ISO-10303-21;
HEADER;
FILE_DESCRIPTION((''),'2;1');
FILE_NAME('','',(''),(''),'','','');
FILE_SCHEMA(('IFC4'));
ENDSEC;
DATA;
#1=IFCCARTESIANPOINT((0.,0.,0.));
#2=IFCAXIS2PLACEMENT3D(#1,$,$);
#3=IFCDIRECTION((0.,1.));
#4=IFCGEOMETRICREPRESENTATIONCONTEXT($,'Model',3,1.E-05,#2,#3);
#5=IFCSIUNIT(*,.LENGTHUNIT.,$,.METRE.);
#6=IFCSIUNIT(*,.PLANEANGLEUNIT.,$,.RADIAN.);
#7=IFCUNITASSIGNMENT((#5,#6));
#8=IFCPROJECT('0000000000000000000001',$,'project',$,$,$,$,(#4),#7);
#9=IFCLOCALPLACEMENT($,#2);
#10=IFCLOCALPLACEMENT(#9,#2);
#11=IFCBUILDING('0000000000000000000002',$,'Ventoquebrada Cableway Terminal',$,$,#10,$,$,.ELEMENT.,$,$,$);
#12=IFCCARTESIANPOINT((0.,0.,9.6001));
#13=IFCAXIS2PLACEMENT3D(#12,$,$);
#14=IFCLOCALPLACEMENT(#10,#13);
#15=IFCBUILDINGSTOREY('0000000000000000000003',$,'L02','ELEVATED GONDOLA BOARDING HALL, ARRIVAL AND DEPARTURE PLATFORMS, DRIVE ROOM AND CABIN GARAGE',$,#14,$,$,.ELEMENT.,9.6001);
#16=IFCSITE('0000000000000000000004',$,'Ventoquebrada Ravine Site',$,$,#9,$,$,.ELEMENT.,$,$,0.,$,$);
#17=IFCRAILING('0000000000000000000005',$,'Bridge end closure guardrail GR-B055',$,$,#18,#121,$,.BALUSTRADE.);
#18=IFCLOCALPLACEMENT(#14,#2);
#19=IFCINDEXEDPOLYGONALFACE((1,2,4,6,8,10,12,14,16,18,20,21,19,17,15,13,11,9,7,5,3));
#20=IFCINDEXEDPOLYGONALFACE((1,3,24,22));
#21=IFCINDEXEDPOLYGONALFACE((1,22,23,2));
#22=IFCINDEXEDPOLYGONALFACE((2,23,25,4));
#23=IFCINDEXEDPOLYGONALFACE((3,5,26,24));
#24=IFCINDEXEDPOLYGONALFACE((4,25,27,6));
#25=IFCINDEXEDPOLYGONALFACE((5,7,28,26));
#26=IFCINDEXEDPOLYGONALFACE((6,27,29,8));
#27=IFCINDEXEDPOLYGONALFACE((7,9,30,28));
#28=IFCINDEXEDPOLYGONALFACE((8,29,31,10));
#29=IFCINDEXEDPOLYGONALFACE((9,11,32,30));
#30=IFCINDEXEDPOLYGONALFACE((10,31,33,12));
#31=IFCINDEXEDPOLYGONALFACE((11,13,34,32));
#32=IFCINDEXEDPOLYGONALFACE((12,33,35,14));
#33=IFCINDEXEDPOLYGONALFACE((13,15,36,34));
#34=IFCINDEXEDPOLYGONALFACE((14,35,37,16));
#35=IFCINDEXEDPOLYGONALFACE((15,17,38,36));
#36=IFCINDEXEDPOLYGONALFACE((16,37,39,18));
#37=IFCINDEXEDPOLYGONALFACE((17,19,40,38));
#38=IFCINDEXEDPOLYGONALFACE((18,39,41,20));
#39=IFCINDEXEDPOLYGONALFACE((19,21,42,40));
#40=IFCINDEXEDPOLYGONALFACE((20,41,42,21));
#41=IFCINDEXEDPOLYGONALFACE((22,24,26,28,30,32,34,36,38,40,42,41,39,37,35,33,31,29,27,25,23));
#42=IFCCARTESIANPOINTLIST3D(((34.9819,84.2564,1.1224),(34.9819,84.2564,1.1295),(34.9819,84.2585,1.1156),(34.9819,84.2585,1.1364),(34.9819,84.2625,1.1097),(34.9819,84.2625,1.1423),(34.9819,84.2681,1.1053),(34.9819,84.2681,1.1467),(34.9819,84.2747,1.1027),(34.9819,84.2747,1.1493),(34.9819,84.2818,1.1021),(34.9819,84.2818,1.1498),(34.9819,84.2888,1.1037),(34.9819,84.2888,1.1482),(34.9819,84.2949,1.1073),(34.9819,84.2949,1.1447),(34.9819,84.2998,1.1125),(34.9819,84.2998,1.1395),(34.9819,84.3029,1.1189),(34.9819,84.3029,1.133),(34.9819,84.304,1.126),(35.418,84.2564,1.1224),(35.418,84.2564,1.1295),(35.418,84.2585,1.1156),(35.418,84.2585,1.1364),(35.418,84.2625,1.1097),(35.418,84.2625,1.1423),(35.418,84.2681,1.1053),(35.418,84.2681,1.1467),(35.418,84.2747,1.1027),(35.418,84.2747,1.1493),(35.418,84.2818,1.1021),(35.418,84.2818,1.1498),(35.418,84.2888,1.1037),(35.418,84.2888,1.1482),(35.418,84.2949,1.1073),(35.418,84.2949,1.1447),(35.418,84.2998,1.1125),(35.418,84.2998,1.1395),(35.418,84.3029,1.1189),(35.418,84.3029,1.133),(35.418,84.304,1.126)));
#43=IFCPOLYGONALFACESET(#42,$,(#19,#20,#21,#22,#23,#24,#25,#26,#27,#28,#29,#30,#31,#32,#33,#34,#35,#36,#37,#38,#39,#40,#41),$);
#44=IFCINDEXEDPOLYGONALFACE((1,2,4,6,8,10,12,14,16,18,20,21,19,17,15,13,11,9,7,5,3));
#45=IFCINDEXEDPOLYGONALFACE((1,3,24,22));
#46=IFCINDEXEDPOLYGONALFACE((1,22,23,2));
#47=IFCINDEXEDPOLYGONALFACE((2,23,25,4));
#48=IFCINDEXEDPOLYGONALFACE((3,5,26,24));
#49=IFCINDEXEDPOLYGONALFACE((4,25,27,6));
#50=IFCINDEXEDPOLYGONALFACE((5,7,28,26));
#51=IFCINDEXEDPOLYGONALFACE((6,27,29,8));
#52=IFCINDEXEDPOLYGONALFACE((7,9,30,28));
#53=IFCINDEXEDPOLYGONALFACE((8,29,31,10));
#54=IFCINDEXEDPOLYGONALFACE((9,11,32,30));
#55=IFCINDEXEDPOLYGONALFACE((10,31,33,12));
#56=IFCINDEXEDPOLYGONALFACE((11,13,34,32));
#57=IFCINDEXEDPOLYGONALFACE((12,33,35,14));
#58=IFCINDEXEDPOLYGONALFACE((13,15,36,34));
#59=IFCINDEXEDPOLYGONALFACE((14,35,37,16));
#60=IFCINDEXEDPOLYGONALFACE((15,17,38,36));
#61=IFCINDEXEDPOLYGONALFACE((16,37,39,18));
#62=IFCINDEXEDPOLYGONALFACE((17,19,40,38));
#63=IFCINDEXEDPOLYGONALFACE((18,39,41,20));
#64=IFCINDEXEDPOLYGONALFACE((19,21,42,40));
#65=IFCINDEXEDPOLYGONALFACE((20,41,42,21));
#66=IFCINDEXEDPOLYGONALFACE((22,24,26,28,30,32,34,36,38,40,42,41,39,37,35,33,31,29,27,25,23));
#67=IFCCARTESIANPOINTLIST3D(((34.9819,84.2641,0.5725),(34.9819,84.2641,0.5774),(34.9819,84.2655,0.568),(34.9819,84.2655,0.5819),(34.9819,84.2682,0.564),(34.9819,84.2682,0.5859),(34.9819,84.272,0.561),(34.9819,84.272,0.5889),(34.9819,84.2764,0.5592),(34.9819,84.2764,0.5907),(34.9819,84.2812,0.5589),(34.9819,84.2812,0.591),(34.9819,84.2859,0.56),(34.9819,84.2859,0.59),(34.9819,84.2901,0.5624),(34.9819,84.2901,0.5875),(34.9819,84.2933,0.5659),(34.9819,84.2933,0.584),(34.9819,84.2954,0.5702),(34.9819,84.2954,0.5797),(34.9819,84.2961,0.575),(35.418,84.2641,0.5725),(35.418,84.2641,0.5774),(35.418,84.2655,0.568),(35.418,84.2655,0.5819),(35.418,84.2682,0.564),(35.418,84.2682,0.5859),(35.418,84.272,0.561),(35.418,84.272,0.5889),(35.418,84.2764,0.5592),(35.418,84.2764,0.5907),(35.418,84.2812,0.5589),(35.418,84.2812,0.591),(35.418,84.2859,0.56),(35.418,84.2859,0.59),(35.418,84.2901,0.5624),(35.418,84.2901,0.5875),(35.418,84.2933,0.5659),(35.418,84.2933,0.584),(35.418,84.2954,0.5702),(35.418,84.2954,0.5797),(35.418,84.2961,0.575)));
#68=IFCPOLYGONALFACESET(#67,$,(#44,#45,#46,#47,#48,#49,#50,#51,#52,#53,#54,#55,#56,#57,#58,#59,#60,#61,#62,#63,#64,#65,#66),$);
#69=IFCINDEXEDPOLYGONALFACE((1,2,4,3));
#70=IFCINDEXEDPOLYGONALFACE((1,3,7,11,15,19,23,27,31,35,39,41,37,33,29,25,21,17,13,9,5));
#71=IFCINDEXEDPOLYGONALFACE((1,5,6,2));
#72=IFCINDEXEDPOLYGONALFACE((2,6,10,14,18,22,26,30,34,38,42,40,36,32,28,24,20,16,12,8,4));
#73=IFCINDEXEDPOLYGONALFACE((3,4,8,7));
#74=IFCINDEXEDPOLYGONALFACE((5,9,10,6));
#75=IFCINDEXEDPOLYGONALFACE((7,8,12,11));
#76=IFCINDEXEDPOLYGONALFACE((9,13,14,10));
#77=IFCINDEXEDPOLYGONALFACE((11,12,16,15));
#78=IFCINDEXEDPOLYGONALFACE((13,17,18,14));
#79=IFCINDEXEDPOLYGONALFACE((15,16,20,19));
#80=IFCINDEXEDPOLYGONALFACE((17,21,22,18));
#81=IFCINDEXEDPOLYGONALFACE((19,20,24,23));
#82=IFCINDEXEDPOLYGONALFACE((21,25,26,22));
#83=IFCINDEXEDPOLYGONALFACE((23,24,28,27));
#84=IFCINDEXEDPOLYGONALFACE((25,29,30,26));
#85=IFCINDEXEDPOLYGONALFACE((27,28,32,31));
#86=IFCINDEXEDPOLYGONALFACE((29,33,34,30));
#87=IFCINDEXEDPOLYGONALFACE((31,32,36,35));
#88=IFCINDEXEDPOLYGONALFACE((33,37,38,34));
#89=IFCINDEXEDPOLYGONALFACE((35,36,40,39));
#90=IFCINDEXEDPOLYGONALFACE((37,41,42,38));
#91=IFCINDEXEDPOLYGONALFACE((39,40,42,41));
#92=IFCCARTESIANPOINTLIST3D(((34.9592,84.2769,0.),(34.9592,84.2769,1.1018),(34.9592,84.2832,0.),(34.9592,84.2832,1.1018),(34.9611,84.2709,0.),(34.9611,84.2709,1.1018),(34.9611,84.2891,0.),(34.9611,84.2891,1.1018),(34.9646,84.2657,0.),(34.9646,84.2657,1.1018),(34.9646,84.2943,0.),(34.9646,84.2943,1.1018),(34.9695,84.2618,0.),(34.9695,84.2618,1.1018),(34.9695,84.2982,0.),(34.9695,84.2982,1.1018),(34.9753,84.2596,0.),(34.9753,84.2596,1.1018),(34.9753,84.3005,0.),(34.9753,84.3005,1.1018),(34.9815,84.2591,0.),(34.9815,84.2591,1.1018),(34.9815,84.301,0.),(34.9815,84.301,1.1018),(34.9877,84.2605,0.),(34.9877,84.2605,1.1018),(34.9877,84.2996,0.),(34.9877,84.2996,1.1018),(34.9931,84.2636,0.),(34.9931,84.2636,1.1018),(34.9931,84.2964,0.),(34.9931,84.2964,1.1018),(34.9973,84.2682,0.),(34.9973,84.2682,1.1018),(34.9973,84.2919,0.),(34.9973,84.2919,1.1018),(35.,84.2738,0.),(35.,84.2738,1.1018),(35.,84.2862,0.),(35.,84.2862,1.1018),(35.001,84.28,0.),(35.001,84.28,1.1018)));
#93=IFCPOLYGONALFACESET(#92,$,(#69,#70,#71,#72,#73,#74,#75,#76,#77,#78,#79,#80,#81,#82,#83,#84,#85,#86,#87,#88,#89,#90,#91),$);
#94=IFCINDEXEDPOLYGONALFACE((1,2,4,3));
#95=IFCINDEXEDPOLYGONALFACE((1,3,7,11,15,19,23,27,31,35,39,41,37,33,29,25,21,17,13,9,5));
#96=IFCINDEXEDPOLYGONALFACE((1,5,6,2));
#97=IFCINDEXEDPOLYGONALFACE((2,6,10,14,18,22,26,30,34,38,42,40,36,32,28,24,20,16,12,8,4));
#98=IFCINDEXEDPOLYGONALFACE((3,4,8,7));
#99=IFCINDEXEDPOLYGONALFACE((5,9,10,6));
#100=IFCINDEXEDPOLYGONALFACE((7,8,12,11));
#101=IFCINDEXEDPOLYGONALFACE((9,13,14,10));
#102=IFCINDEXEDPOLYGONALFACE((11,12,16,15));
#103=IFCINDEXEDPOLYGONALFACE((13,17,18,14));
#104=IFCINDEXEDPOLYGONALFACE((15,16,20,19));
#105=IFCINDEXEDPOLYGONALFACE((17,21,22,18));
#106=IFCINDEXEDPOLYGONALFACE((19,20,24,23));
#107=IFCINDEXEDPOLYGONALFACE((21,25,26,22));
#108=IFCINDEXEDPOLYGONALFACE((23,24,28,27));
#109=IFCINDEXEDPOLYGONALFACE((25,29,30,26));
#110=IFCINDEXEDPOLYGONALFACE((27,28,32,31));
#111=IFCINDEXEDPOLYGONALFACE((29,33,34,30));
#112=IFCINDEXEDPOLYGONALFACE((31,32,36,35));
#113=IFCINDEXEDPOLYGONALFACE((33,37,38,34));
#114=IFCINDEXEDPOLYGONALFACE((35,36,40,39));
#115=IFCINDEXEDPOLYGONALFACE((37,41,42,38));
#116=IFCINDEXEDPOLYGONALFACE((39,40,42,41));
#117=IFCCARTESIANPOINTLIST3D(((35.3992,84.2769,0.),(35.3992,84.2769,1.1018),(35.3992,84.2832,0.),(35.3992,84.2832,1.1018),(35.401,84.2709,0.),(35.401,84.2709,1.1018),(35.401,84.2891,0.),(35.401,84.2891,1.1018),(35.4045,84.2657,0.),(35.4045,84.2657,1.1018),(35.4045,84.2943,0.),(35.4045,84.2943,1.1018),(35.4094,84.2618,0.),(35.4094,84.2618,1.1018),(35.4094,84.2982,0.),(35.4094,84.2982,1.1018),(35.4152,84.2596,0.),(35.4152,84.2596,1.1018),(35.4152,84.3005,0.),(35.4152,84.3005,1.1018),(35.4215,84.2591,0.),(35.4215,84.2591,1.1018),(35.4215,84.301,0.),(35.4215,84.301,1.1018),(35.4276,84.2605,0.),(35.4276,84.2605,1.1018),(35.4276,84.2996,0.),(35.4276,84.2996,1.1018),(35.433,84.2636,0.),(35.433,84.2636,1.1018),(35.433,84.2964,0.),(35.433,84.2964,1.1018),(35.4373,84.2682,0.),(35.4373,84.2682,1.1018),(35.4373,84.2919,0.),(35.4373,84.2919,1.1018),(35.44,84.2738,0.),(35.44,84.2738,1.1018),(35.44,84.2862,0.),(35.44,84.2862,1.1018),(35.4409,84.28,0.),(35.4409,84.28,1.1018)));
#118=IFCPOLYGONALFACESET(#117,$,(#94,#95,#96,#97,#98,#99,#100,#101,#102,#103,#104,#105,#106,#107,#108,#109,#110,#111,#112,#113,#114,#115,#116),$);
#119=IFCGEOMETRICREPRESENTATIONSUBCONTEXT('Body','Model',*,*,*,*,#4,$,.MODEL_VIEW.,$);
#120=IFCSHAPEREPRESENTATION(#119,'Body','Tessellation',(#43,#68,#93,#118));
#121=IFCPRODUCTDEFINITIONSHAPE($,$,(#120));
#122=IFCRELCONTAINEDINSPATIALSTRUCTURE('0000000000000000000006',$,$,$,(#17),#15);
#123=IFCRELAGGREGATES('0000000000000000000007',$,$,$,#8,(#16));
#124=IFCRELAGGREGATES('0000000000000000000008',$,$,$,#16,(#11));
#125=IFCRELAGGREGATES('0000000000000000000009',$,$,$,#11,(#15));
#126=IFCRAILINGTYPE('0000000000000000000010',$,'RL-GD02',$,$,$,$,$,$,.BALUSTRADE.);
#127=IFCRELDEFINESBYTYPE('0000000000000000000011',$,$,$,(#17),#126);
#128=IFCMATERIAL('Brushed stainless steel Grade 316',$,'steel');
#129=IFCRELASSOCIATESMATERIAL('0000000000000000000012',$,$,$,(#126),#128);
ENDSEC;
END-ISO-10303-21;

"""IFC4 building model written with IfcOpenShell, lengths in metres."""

from ifc_helpers import new_model, si_unit, direction, frame, origin, origin_2d, place, context, subcontext, project, spatial, circle, extrude, material, type_object, element, save


model = new_model("IFC4")

# Units and contexts
model_context = context("Model", 3, precision=1e-05, world=origin(), true_north=direction((0.0, 1.0)))
body_context = subcontext(model_context, "Body", "Model", "MODEL_VIEW")
ifc_project = project(units=[si_unit("LENGTHUNIT", "METRE"), si_unit("PLANEANGLEUNIT", "RADIAN")], contexts=[model_context])

# Site, building, storey
site_placement = place(None, origin())
site = spatial("IfcSite", under=ifc_project, at=site_placement, Name="Ventoquebrada Ravine Site", CompositionType="ELEMENT", RefElevation=0.0)
building_placement = place(site_placement, origin())
building = spatial("IfcBuilding", under=site, at=building_placement, Name="Ventoquebrada Cableway Terminal", CompositionType="ELEMENT")
storey_placement = place(building_placement, frame((0.0, 0.0, 9.6001)))
storey = spatial("IfcBuildingStorey", under=building, at=storey_placement, Name="L02", Description="ELEVATED GONDOLA BOARDING HALL, ARRIVAL AND DEPARTURE PLATFORMS, DRIVE ROOM AND CABIN GARAGE", CompositionType="ELEMENT", Elevation=9.6001)

# Railing
ifc_material_1 = material(Name="Brushed stainless steel Grade 316", Category="steel")
railing_type_1 = type_object("IfcRailingType", Name="RL-GD02", PredefinedType="BALUSTRADE", material=ifc_material_1)
for number, where, name in (
    (1, (34.98, 84.28, 0.0), "Bridge end closure guardrail GR-B055"),
):
    element("IfcRailing", number, at=place(storey_placement, frame(where)), inside=storey, type_object=railing_type_1, Name=name, PredefinedType="BALUSTRADE", context=body_context, shape_type="SweptSolid", body=[
        extrude(circle(Radius=0.0239, at=origin_2d()), frame((0.002, 0.0, 1.126), z_axis=(1.0, 0.0, 0.0), x_axis=(0.0, 1.0, 0.0)), (0.0, 0.0, 1.0), 0.436),
        extrude(circle(Radius=0.0161, at=origin_2d()), frame((0.002, 0.0, 0.575), z_axis=(1.0, 0.0, 0.0), x_axis=(0.0, 1.0, 0.0)), (0.0, 0.0, 1.0), 0.436),
        extrude(circle(Radius=0.021, at=origin_2d()), origin(), (0.0, 0.0, 1.0), 1.1018),
        extrude(circle(Radius=0.021, at=origin_2d()), frame((0.4399, 0.0, 0.0)), (0.0, 0.0, 1.0), 1.1018),
    ])

save(model, "model.ifc")
